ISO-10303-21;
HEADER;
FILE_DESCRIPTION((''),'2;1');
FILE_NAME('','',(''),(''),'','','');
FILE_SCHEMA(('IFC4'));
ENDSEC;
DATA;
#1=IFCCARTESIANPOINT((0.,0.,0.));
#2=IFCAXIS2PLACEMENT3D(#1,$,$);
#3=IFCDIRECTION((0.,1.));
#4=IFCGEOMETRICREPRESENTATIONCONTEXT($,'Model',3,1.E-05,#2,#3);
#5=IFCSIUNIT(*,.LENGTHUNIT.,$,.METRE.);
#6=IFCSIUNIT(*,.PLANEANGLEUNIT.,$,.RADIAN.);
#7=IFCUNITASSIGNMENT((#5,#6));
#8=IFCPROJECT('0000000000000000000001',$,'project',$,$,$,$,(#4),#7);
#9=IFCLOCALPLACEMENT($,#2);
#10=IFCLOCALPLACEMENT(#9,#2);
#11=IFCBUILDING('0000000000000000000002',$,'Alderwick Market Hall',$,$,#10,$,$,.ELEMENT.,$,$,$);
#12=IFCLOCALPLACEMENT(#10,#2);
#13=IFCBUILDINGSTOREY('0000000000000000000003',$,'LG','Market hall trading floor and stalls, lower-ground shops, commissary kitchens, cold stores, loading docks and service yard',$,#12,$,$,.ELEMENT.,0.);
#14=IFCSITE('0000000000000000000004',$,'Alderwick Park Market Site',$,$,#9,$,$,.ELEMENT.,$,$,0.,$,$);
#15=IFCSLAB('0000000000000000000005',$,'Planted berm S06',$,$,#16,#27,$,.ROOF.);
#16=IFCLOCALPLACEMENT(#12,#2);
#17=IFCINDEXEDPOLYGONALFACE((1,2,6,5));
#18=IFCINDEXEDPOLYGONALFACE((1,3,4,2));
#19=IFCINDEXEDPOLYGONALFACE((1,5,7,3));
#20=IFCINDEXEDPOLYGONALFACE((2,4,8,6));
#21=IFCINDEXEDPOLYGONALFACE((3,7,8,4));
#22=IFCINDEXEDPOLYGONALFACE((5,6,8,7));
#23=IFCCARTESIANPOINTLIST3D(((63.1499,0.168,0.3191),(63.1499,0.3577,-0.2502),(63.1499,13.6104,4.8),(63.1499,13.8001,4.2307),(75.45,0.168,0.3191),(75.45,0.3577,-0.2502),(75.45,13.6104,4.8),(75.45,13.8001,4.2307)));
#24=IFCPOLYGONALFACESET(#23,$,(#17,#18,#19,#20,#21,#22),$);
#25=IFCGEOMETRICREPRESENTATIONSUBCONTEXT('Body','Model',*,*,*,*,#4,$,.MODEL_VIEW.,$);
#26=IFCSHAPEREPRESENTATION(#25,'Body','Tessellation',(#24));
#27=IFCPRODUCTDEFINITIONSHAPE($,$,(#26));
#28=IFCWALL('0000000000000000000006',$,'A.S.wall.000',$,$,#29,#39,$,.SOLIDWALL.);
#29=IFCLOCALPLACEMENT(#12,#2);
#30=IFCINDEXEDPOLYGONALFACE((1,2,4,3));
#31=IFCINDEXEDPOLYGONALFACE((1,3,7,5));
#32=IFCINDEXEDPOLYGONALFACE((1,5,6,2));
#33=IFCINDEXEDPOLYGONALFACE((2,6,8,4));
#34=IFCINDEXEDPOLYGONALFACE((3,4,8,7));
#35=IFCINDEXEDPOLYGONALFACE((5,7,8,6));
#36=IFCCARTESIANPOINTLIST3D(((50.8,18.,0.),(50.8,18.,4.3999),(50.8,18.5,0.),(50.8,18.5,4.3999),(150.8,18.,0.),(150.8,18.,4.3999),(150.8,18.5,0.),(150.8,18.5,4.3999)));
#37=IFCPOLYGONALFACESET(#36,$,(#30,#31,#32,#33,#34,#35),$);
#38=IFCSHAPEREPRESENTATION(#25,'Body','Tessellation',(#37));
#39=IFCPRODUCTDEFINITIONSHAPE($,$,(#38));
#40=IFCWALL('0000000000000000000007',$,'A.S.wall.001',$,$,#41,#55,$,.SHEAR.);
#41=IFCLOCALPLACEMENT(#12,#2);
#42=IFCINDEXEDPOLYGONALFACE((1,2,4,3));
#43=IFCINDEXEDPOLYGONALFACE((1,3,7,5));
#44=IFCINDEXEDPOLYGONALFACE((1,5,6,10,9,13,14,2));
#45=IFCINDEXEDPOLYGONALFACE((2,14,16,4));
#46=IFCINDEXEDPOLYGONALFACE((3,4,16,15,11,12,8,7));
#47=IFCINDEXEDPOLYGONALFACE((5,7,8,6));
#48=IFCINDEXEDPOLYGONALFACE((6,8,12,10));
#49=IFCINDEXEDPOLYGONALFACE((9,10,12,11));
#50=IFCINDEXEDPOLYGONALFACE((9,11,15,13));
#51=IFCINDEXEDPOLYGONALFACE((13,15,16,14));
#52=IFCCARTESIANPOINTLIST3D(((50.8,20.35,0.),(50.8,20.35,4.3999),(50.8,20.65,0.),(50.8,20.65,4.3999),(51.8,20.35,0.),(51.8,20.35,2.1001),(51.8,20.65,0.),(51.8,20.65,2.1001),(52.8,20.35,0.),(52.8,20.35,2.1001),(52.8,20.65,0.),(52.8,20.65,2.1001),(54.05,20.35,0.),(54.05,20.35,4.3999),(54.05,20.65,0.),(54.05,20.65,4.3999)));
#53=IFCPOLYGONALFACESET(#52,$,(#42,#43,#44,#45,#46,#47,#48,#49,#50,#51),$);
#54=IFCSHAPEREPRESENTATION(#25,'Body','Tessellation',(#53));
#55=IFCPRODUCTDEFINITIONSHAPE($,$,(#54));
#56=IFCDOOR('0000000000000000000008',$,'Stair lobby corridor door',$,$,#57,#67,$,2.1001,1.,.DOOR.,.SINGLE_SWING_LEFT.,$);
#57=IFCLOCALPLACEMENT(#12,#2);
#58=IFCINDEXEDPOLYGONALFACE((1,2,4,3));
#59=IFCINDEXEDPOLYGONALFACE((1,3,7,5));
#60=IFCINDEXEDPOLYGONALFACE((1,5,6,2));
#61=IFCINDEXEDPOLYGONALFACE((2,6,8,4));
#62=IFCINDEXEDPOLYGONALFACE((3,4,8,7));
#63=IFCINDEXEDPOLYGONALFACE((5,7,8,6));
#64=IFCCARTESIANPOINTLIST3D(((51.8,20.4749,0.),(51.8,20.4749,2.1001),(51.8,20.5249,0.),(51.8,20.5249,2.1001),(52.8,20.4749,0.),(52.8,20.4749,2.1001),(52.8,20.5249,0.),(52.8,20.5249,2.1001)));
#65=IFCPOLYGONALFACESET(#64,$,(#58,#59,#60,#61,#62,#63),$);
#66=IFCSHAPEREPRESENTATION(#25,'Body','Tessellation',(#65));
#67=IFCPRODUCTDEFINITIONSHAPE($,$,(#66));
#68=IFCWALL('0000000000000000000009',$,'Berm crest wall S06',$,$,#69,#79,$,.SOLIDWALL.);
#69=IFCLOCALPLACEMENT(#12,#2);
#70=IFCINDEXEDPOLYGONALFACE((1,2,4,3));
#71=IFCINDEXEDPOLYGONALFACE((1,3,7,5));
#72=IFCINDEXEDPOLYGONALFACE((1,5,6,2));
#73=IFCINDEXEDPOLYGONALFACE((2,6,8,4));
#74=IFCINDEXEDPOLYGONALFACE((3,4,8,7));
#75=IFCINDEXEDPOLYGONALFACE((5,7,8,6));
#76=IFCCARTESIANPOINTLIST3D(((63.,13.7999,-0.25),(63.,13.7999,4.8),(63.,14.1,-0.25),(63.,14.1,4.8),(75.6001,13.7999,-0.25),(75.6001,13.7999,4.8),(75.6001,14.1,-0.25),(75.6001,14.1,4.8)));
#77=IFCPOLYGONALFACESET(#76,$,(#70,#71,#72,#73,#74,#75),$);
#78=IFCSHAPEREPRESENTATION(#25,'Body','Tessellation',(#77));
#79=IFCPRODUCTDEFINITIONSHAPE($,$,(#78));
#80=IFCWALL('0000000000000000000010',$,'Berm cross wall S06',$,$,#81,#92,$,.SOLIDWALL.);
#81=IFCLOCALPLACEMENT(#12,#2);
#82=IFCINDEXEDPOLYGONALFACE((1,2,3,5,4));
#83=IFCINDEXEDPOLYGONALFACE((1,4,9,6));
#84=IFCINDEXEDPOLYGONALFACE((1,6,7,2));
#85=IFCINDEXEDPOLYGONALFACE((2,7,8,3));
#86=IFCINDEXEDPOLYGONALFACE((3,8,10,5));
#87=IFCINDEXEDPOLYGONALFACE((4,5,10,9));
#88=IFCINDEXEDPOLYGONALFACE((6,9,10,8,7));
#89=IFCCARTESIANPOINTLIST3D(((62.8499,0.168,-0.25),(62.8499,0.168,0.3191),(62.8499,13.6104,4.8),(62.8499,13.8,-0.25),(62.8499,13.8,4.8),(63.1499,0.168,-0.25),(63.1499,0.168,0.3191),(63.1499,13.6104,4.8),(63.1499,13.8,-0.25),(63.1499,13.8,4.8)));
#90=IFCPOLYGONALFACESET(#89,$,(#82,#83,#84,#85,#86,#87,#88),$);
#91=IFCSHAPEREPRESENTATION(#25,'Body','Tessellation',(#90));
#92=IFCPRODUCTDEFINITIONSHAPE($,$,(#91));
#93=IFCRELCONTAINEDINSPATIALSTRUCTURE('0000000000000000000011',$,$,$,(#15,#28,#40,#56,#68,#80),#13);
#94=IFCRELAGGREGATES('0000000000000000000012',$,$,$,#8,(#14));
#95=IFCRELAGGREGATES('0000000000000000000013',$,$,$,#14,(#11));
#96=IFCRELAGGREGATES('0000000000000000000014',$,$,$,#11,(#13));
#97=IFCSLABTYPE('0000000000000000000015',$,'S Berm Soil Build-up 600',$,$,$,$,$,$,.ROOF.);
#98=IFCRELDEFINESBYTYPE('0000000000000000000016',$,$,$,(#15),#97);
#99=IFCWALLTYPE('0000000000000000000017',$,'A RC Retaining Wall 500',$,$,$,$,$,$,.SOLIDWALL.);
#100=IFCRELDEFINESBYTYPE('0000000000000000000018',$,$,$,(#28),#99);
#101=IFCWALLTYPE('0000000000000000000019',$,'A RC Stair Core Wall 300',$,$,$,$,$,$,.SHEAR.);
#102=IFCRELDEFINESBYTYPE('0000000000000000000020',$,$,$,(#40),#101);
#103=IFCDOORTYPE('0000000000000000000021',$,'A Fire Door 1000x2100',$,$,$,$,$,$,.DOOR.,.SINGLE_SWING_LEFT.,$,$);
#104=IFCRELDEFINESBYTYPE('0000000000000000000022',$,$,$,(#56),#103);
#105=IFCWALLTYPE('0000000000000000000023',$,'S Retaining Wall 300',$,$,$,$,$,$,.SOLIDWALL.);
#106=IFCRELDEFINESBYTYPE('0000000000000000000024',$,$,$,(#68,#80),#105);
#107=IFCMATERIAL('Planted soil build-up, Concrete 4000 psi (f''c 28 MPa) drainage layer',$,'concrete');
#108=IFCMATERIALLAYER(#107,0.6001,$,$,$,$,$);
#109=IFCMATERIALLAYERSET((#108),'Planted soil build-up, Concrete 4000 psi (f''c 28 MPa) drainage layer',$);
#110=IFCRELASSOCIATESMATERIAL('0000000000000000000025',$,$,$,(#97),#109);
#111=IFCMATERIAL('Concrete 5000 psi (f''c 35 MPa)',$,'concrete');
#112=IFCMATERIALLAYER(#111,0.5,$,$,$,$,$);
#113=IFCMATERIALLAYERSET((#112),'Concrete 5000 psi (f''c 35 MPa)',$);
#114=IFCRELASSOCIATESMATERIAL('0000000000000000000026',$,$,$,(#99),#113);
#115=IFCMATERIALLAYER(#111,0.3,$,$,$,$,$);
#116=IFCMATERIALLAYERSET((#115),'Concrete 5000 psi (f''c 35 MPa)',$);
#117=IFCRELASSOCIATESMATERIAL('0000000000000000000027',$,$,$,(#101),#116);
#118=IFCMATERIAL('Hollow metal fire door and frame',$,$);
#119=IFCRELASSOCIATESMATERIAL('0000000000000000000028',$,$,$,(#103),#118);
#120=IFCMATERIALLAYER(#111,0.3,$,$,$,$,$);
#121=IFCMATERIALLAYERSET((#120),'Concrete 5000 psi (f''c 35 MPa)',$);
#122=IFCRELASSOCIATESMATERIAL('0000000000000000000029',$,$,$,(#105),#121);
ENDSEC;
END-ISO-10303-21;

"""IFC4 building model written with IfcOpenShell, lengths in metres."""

from ifc_helpers import new_model, si_unit, direction, frame, frame_2d, origin, place, context, subcontext, project, spatial, polyline, rectangle, outline, extrude, material, layer, layer_set, type_object, element, fill, save


model = new_model("IFC4")

# Units and contexts
model_context = context("Model", 3, precision=1e-05, world=origin(), true_north=direction((0.0, 1.0)))
body_context = subcontext(model_context, "Body", "Model", "MODEL_VIEW")
ifc_project = project(units=[si_unit("LENGTHUNIT", "METRE"), si_unit("PLANEANGLEUNIT", "RADIAN")], contexts=[model_context])

# Site, building, storey
site_placement = place(None, origin())
site = spatial("IfcSite", under=ifc_project, at=site_placement, Name="Alderwick Park Market Site", CompositionType="ELEMENT", RefElevation=0.0)
building_placement = place(site_placement, origin())
building = spatial("IfcBuilding", under=site, at=building_placement, Name="Alderwick Market Hall", CompositionType="ELEMENT")
storey_placement = place(building_placement, origin())
storey = spatial("IfcBuildingStorey", under=building, at=storey_placement, Name="LG", Description="Market hall trading floor and stalls, lower-ground shops, commissary kitchens, cold stores, loading docks and service yard", CompositionType="ELEMENT", Elevation=0.0)

# Slab
ifc_material_1 = material(Name="Planted soil build-up, Concrete 4000 psi (f'c 28 MPa) drainage layer", Category="concrete")
ifc_layer_1 = layer(ifc_material_1, 0.6001)
ifc_layer_set_1 = layer_set([ifc_layer_1], Name="Planted soil build-up, Concrete 4000 psi (f'c 28 MPa) drainage layer")
slab_type = type_object("IfcSlabType", Name="S Berm Soil Build-up 600", PredefinedType="ROOF", material=ifc_layer_set_1)
slab_placement = place(storey_placement, frame((63.1499, 0.168, 0.3191), z_axis=(0.0, -0.316238, 0.94868), x_axis=(1.0, 0.0, 0.0)))
element("IfcSlab", 1, at=slab_placement, inside=storey, type_object=slab_type, Name="Planted berm S06", PredefinedType="ROOF", context=body_context, shape_type="SweptSolid", body=[
    extrude(outline(polyline([(0.0, 0.0), (12.3, 0.0), (12.3, 14.1696), (0.0, 14.1696), (0.0, 0.0)])), origin(), (0.0, 0.0, -1.0), 0.6001),
])

# Wall
ifc_material_2 = material(Name="Concrete 5000 psi (f'c 35 MPa)", Category="concrete")
ifc_layer_2 = layer(ifc_material_2, 0.5)
ifc_layer_set_2 = layer_set([ifc_layer_2], Name="Concrete 5000 psi (f'c 35 MPa)")
wall_type_1 = type_object("IfcWallType", Name="A RC Retaining Wall 500", PredefinedType="SOLIDWALL", material=ifc_layer_set_2)
wall_1_placement = place(storey_placement, frame((50.8, 18.25, 0.0), z_axis=(0.0, 0.0, 1.0), x_axis=(1.0, 0.0, 0.0)))
element("IfcWall", 2, at=wall_1_placement, inside=storey, type_object=wall_type_1, Name="A.S.wall.000", PredefinedType="SOLIDWALL", context=body_context, shape_type="SweptSolid", body=[
    extrude(rectangle(XDim=100.0, YDim=0.5, at=frame_2d((50.0, 0.0))), origin(), (0.0, 0.0, 1.0), 4.3999),
])

# Wall, opening, door
ifc_layer_3 = layer(ifc_material_2, 0.3)
ifc_layer_set_3 = layer_set([ifc_layer_3], Name="Concrete 5000 psi (f'c 35 MPa)")
wall_type_2 = type_object("IfcWallType", Name="A RC Stair Core Wall 300", PredefinedType="SHEAR", material=ifc_layer_set_3)
wall_2_placement = place(storey_placement, frame((50.8, 20.5, 0.0), z_axis=(0.0, 0.0, 1.0), x_axis=(1.0, 0.0, 0.0)))
wall_2 = element("IfcWall", 3, at=wall_2_placement, inside=storey, type_object=wall_type_2, Name="A.S.wall.001", PredefinedType="SHEAR", context=body_context, shape_type="SweptSolid", body=[
    extrude(rectangle(XDim=3.25, YDim=0.3, at=frame_2d((1.625, 0.0))), origin(), (0.0, 0.0, 1.0), 4.3999),
])
opening_placement = place(wall_2_placement, frame((1.0, 0.0, 0.0)))
opening = element("IfcOpeningElement", 4, at=opening_placement, cuts=wall_2, PredefinedType="OPENING", context=body_context, shape_type="SweptSolid", body=[
    extrude(rectangle(XDim=1.0, YDim=2.1001, at=frame_2d((0.5, 1.05))), frame((0.0, 0.1599, 0.0), z_axis=(0.0, -1.0, 0.0), x_axis=(1.0, 0.0, 0.0)), (0.0, 0.0, 1.0), 0.3201),
])
ifc_material_3 = material(Name="Hollow metal fire door and frame")
door_type = type_object("IfcDoorType", Name="A Fire Door 1000x2100", OperationType="SINGLE_SWING_LEFT", PredefinedType="DOOR", material=ifc_material_3)
door_placement = place(opening_placement, origin())
door = element("IfcDoor", 5, at=door_placement, inside=storey, type_object=door_type, Name="Stair lobby corridor door", OperationType="SINGLE_SWING_LEFT", OverallHeight=2.1001, OverallWidth=1.0, PredefinedType="DOOR", context=body_context, shape_type="SweptSolid", body=[
    extrude(rectangle(XDim=1.0, YDim=2.1001, at=frame_2d((0.5, 1.05))), frame((0.0, 0.0249, 0.0), z_axis=(0.0, -1.0, 0.0), x_axis=(1.0, 0.0, 0.0)), (0.0, 0.0, 1.0), 0.05),
])
fill(opening, door)

# Walls
ifc_layer_4 = layer(ifc_material_2, 0.3)
ifc_layer_set_4 = layer_set([ifc_layer_4], Name="Concrete 5000 psi (f'c 35 MPa)")
wall_type_3 = type_object("IfcWallType", Name="S Retaining Wall 300", PredefinedType="SOLIDWALL", material=ifc_layer_set_4)
wall_3_placement = place(storey_placement, frame((63.0, 13.95, -0.25), z_axis=(0.0, 0.0, 1.0), x_axis=(1.0, 0.0, 0.0)))
element("IfcWall", 6, at=wall_3_placement, inside=storey, type_object=wall_type_3, Name="Berm crest wall S06", PredefinedType="SOLIDWALL", context=body_context, shape_type="SweptSolid", body=[
    extrude(rectangle(XDim=12.6001, YDim=0.3, at=frame_2d((6.3, 0.0))), origin(), (0.0, 0.0, 1.0), 5.05),
])
wall_4_placement = place(storey_placement, frame((63.0, 13.8, -0.25), z_axis=(0.0, 0.0, 1.0), x_axis=(0.0, -1.0, 0.0)))
element("IfcWall", 7, at=wall_4_placement, inside=storey, type_object=wall_type_3, Name="Berm cross wall S06", PredefinedType="SOLIDWALL", context=body_context, shape_type="SweptSolid", body=[
    extrude(outline(polyline([(0.0, 0.0), (13.6321, 0.0), (13.6321, 0.5691), (0.1897, 5.05), (0.0, 5.05), (0.0, 0.0)])), frame((0.0, 0.1499, 0.0), z_axis=(0.0, -1.0, 0.0), x_axis=(1.0, 0.0, 0.0)), (0.0, 0.0, 1.0), 0.3),
])

save(model, "model.ifc")
